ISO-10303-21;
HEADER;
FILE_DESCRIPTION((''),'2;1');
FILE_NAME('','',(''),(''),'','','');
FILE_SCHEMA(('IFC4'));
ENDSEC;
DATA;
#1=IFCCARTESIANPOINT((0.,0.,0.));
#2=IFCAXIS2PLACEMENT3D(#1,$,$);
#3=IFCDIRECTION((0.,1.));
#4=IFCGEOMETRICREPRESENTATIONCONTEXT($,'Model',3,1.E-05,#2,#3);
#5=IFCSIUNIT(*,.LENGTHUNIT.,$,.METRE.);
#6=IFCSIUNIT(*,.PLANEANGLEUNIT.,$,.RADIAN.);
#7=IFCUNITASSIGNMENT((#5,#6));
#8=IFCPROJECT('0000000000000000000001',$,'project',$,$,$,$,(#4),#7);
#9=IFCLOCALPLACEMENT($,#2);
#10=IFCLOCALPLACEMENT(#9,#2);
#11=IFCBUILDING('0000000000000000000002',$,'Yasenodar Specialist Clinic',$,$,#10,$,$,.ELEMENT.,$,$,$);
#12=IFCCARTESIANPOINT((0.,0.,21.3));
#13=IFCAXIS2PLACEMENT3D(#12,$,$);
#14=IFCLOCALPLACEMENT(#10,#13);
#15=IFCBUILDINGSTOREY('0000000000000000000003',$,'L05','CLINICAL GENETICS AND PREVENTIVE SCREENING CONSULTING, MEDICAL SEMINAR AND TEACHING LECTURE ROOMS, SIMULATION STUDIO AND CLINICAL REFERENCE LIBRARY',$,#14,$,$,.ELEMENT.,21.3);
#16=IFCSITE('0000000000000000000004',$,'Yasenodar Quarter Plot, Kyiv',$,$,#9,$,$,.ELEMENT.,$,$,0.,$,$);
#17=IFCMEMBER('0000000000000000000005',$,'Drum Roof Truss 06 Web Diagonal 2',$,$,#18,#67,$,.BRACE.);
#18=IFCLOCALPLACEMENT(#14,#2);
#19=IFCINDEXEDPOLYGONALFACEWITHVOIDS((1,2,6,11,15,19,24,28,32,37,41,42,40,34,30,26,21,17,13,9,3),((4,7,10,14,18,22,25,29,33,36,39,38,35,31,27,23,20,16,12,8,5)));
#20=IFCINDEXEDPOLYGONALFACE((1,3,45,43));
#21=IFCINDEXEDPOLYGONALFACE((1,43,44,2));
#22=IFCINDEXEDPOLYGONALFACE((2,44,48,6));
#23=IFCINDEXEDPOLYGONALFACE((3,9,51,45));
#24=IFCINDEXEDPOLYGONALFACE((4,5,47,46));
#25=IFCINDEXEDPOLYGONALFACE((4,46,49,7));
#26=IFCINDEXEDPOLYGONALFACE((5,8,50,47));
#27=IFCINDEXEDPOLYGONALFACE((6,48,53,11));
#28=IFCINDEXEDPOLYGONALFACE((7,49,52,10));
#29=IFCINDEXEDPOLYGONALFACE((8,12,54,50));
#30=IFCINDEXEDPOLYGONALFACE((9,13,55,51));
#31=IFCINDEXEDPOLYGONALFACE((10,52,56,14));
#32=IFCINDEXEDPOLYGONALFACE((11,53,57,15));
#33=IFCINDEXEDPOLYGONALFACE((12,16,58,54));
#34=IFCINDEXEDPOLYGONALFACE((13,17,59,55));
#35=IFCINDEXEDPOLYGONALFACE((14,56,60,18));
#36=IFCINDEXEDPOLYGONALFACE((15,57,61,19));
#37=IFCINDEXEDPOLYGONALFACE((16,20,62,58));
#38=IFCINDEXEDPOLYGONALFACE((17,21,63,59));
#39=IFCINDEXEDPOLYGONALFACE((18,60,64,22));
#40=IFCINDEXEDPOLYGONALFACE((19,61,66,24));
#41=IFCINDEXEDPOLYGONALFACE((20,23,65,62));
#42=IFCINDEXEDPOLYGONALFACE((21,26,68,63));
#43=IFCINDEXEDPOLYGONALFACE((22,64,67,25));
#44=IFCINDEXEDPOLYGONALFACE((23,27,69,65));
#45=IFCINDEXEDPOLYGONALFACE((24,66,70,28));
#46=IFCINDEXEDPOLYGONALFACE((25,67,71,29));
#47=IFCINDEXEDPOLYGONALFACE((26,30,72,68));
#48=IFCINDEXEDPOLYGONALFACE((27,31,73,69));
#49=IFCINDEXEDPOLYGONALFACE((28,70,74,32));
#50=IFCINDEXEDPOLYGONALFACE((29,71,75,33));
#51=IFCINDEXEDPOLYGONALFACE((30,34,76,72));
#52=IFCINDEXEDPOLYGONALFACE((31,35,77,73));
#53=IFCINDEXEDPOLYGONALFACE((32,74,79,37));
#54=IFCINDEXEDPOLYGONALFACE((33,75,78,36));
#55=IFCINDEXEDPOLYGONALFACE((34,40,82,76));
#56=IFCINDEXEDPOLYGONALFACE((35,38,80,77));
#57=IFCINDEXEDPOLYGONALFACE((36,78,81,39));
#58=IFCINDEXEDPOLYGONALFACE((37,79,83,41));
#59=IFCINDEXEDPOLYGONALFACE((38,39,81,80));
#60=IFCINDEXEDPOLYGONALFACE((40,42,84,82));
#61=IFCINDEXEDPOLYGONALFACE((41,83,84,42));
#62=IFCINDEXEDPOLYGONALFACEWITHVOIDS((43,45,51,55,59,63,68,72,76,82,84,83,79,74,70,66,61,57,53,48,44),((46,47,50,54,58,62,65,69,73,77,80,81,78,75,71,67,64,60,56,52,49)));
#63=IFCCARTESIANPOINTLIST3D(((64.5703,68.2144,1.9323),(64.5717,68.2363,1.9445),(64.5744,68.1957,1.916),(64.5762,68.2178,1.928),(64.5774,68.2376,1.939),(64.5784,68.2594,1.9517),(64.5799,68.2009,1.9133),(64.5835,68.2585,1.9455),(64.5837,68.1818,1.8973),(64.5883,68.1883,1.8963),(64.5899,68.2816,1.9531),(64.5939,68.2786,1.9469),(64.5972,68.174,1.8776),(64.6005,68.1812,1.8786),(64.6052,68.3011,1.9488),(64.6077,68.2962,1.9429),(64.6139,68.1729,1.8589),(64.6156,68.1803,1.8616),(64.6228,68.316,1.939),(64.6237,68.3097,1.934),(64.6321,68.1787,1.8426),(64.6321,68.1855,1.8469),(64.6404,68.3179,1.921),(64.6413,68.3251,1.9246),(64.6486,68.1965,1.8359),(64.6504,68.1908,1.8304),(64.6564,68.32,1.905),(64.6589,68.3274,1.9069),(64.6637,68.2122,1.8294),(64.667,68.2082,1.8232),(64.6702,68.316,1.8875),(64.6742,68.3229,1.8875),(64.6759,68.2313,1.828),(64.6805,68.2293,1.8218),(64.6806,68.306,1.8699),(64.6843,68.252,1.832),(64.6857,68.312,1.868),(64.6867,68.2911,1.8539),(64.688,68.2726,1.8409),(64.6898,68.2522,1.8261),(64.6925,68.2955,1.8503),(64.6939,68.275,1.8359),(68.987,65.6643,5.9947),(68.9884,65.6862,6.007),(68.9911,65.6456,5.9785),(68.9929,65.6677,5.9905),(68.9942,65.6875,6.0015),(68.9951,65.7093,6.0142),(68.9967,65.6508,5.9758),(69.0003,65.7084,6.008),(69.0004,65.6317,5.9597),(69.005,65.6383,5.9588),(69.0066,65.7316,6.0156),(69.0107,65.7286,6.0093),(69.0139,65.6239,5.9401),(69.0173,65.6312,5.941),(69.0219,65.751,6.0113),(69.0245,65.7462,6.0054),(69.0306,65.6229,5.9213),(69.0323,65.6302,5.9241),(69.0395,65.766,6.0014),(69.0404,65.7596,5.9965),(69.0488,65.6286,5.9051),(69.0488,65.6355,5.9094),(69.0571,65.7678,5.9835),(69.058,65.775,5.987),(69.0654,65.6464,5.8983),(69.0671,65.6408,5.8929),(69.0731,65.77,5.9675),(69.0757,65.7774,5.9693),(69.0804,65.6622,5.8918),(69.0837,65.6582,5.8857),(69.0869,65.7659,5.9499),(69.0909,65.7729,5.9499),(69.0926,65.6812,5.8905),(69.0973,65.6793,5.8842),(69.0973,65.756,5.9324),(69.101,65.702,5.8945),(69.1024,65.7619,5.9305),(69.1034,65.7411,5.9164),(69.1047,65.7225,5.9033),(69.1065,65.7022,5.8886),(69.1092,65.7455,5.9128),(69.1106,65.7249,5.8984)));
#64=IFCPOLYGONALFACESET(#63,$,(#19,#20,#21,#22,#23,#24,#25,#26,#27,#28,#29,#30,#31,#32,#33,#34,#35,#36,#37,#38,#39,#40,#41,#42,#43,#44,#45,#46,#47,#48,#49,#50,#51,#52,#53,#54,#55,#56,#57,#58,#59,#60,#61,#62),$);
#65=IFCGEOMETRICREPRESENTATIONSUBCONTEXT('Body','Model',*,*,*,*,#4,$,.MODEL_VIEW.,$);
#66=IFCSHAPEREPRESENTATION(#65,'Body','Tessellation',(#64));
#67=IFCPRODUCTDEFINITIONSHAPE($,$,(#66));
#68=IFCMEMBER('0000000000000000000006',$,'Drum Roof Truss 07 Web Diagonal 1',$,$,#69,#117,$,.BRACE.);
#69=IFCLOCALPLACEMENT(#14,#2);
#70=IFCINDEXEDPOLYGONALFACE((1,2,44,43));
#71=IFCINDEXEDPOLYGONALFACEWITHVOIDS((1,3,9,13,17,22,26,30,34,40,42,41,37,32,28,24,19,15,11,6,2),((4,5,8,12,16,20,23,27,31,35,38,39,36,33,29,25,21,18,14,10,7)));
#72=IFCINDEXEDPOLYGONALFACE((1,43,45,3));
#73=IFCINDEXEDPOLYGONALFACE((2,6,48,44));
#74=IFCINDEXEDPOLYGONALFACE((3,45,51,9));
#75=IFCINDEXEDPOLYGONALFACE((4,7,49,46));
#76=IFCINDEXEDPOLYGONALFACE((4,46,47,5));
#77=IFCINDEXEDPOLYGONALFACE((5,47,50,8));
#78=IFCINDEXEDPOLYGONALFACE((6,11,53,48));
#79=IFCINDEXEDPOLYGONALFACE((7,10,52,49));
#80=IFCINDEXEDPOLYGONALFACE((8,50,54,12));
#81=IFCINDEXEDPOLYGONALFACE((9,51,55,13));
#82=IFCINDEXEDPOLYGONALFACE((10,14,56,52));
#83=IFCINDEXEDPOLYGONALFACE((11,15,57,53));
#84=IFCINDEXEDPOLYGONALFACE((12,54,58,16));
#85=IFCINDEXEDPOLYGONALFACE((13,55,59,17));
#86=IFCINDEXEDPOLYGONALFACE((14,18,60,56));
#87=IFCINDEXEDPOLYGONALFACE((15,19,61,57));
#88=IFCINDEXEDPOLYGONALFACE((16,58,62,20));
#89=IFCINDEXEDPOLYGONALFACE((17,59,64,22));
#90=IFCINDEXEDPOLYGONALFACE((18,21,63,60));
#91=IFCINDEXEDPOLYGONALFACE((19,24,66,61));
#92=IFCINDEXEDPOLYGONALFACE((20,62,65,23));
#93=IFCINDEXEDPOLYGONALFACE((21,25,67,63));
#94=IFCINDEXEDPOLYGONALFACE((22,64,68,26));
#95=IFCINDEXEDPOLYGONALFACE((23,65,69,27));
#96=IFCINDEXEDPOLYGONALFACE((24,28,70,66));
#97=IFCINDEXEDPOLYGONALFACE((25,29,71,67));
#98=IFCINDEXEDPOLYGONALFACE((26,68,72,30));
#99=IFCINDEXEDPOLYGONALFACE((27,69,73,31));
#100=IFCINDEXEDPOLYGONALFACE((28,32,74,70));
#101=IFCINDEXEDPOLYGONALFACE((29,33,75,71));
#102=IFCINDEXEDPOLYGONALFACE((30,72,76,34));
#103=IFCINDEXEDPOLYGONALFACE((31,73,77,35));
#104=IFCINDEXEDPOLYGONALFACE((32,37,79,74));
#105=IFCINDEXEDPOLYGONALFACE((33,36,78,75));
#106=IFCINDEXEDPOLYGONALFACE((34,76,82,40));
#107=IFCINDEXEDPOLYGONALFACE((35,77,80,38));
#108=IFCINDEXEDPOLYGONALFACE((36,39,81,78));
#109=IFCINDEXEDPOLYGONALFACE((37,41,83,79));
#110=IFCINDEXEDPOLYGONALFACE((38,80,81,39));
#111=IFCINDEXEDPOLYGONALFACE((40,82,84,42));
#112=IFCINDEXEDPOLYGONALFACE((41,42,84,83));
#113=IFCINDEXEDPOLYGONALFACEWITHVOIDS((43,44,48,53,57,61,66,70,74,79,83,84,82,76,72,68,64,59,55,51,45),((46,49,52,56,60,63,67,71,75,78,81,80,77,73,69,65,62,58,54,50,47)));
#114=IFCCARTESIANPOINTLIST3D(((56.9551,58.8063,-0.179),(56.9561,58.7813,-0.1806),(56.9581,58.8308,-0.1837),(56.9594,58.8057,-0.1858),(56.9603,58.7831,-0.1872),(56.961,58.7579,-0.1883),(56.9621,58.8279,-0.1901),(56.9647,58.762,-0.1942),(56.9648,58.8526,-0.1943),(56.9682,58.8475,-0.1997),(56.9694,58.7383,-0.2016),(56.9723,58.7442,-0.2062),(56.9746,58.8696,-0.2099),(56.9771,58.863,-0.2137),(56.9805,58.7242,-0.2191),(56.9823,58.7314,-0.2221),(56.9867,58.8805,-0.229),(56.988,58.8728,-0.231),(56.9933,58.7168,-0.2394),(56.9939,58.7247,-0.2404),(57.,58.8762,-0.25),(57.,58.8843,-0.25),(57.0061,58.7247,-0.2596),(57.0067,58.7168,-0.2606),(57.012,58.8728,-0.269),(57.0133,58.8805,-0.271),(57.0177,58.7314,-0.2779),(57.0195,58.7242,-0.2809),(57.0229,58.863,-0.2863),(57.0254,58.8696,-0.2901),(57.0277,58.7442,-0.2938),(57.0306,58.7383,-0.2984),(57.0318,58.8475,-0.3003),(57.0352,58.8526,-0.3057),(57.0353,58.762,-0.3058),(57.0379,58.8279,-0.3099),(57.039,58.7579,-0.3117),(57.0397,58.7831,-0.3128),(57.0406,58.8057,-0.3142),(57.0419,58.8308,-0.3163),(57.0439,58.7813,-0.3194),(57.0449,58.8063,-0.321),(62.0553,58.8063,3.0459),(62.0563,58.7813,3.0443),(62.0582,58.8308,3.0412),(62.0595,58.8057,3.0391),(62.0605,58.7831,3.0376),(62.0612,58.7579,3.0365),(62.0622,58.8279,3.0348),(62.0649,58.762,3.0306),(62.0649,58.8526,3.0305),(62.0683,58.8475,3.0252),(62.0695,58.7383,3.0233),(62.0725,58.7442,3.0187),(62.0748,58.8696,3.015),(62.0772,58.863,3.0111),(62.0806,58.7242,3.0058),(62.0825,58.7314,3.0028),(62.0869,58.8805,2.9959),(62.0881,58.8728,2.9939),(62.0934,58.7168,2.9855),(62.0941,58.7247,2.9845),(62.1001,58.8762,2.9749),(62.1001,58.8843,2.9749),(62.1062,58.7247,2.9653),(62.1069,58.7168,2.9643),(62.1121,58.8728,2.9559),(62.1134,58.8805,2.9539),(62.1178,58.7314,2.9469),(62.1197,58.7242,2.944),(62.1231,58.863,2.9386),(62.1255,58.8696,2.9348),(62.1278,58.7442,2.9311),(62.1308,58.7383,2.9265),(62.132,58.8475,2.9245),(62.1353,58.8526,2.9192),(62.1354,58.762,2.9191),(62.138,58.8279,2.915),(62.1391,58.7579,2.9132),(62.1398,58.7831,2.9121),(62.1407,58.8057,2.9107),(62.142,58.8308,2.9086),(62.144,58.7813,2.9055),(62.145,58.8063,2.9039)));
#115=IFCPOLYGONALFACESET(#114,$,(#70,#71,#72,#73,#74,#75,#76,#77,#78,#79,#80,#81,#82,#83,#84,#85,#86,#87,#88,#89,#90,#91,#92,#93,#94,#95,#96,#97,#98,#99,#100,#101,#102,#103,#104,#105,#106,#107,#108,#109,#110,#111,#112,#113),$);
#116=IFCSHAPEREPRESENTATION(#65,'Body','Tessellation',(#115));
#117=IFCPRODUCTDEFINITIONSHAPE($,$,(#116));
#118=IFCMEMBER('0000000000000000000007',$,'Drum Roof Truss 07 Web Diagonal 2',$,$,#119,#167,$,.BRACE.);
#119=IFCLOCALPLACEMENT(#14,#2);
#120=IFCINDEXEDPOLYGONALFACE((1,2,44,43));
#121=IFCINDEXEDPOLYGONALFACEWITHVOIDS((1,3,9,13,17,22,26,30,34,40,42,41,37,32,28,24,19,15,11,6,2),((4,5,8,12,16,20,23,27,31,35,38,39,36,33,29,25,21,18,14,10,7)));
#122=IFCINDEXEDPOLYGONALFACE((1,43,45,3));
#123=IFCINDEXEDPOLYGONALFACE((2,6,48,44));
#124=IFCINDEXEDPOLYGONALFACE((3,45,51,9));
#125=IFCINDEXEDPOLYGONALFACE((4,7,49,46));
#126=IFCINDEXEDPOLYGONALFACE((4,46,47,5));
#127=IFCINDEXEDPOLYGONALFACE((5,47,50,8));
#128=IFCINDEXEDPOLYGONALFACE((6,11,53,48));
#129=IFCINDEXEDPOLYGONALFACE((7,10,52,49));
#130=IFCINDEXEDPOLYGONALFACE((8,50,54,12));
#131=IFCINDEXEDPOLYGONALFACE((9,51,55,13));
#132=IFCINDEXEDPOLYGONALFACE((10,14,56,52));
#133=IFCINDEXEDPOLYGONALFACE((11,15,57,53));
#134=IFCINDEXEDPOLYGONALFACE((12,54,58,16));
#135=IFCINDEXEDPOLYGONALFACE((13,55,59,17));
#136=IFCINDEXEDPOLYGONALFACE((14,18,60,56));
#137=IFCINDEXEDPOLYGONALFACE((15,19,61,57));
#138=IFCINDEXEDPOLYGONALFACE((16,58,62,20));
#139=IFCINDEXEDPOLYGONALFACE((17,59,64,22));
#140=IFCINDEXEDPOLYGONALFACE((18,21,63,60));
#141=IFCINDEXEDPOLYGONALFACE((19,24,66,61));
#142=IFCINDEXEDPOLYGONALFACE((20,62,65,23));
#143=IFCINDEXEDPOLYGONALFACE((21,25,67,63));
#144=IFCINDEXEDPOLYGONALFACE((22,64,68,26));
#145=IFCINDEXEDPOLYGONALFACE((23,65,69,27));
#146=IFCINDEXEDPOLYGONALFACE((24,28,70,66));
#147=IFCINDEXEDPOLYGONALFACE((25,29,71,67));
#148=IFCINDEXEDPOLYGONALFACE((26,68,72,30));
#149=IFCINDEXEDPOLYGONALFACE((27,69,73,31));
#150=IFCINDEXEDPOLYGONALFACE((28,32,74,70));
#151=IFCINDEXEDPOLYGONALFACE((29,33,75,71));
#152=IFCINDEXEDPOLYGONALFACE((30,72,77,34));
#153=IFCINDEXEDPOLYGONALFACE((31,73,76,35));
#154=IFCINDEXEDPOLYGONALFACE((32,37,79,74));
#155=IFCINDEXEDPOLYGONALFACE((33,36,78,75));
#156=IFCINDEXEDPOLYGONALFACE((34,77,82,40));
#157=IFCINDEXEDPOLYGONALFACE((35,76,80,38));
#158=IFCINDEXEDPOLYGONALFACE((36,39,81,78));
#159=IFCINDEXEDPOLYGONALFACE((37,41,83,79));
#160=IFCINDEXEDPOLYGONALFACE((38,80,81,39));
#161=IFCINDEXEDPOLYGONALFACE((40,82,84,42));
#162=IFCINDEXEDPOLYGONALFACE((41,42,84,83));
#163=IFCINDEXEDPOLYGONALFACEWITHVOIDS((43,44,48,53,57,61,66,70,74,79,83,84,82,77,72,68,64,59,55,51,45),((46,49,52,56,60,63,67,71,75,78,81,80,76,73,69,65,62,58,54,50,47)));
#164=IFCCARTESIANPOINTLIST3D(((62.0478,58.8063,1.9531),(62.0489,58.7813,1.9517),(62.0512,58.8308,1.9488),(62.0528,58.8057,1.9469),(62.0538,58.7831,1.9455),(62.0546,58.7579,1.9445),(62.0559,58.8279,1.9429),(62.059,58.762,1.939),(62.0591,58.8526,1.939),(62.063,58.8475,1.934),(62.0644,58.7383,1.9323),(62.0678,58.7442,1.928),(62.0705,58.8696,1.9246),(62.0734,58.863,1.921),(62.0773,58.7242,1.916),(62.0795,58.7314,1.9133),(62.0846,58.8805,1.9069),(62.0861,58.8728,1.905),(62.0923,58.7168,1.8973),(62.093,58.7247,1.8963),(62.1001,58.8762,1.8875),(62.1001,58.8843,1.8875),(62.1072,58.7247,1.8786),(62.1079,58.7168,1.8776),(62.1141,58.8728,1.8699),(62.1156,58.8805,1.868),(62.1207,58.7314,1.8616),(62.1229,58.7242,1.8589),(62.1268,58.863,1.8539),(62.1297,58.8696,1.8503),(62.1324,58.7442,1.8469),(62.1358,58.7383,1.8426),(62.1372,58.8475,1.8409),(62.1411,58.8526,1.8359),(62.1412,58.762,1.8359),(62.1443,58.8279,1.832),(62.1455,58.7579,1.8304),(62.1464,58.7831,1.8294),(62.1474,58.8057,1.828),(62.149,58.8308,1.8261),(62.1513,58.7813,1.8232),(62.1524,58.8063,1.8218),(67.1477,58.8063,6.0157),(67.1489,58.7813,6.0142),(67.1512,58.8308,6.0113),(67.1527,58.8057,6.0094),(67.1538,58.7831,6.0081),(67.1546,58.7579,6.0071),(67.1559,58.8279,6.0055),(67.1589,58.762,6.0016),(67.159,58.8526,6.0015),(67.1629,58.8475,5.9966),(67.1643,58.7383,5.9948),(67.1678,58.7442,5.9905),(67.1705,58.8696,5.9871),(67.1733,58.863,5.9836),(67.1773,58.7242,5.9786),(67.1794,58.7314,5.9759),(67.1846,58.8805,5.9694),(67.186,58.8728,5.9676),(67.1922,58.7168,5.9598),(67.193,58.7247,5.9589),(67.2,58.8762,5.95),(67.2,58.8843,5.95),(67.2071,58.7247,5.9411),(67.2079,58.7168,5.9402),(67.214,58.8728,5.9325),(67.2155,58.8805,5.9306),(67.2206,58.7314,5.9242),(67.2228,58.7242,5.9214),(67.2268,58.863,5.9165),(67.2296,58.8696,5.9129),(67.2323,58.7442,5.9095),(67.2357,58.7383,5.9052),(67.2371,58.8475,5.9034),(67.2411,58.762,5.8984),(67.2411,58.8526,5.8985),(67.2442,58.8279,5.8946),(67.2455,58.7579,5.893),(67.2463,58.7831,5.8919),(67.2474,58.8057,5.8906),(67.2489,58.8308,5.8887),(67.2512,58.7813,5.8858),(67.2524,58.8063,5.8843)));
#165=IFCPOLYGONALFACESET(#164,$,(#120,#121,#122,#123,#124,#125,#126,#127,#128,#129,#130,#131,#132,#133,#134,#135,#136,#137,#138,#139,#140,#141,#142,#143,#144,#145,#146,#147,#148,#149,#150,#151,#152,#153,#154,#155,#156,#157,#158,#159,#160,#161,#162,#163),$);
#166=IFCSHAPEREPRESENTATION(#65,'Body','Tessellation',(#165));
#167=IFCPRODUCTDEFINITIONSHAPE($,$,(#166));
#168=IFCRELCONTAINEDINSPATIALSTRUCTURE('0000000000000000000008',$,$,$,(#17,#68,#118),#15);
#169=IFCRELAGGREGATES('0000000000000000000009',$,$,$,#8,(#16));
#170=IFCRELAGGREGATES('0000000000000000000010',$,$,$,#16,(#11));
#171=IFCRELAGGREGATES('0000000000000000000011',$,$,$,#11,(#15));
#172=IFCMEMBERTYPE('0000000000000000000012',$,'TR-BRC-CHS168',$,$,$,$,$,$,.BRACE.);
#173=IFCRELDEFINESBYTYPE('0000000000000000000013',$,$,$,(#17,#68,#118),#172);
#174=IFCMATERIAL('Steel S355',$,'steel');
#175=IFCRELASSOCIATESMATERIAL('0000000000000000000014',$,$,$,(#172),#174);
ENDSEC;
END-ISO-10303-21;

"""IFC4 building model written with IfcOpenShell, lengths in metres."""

from ifc_helpers import new_model, si_unit, direction, frame, origin, origin_2d, place, context, subcontext, project, spatial, hollow_circle, extrude, material, material_profile, profile_set, type_object, element, save


model = new_model("IFC4")

# Units and contexts
model_context = context("Model", 3, precision=1e-05, world=origin(), true_north=direction((0.0, 1.0)))
body_context = subcontext(model_context, "Body", "Model", "MODEL_VIEW")
ifc_project = project(units=[si_unit("LENGTHUNIT", "METRE"), si_unit("PLANEANGLEUNIT", "RADIAN")], contexts=[model_context])

# Site, building, storey
site_placement = place(None, origin())
site = spatial("IfcSite", under=ifc_project, at=site_placement, Name="Yasenodar Quarter Plot, Kyiv", CompositionType="ELEMENT", RefElevation=0.0)
building_placement = place(site_placement, origin())
building = spatial("IfcBuilding", under=site, at=building_placement, Name="Yasenodar Specialist Clinic", CompositionType="ELEMENT")
storey_placement = place(building_placement, frame((0.0, 0.0, 21.3)))
storey = spatial("IfcBuildingStorey", under=building, at=storey_placement, Name="L05", Description="CLINICAL GENETICS AND PREVENTIVE SCREENING CONSULTING, MEDICAL SEMINAR AND TEACHING LECTURE ROOMS, SIMULATION STUDIO AND CLINICAL REFERENCE LIBRARY", CompositionType="ELEMENT", Elevation=21.3)

# Shared definitions
ifc_material_1 = material(Name="Steel S355", Category="steel")

# Members
ifc_material_profile_1 = material_profile(ifc_material_1, hollow_circle(Radius=0.0842, WallThickness=0.0081, at=origin_2d()), Name="CHS 168.3x8")
ifc_profile_set_1 = profile_set([ifc_material_profile_1], Name="Steel S355")
member_type_1 = type_object("IfcMemberType", Name="TR-BRC-CHS168", PredefinedType="BRACE", material=ifc_profile_set_1)
member_1_placement = place(storey_placement, frame((64.6321, 68.25, 1.8875), z_axis=(0.677384, -0.391094, 0.623054), x_axis=(0.500006, 0.866022, 0.0)))
element("IfcMember", 1, at=member_1_placement, inside=storey, type_object=member_type_1, Name="Drum Roof Truss 06 Web Diagonal 2", PredefinedType="BRACE", context=body_context, shape_type="SweptSolid", body=[
    extrude(hollow_circle(Radius=0.0842, WallThickness=0.0081, at=origin_2d()), origin(), (0.0, 0.0, 1.0), 6.5203),
])
member_2_placement = place(storey_placement, frame((57.0, 58.8, -0.25), z_axis=(0.845209, 0.0, 0.534436), x_axis=(0.0, 1.0, 0.0)))
element("IfcMember", 2, at=member_2_placement, inside=storey, type_object=member_type_1, Name="Drum Roof Truss 07 Web Diagonal 1", PredefinedType="BRACE", context=body_context, shape_type="SweptSolid", body=[
    extrude(hollow_circle(Radius=0.0842, WallThickness=0.0081, at=origin_2d()), origin(), (0.0, 0.0, 1.0), 6.0342),
])
member_3_placement = place(storey_placement, frame((62.1001, 58.8, 1.8875), z_axis=(0.782168, 0.0, 0.623068), x_axis=(0.0, 1.0, 0.0)))
element("IfcMember", 3, at=member_3_placement, inside=storey, type_object=member_type_1, Name="Drum Roof Truss 07 Web Diagonal 2", PredefinedType="BRACE", context=body_context, shape_type="SweptSolid", body=[
    extrude(hollow_circle(Radius=0.0842, WallThickness=0.0081, at=origin_2d()), origin(), (0.0, 0.0, 1.0), 6.5203),
])

save(model, "model.ifc")
